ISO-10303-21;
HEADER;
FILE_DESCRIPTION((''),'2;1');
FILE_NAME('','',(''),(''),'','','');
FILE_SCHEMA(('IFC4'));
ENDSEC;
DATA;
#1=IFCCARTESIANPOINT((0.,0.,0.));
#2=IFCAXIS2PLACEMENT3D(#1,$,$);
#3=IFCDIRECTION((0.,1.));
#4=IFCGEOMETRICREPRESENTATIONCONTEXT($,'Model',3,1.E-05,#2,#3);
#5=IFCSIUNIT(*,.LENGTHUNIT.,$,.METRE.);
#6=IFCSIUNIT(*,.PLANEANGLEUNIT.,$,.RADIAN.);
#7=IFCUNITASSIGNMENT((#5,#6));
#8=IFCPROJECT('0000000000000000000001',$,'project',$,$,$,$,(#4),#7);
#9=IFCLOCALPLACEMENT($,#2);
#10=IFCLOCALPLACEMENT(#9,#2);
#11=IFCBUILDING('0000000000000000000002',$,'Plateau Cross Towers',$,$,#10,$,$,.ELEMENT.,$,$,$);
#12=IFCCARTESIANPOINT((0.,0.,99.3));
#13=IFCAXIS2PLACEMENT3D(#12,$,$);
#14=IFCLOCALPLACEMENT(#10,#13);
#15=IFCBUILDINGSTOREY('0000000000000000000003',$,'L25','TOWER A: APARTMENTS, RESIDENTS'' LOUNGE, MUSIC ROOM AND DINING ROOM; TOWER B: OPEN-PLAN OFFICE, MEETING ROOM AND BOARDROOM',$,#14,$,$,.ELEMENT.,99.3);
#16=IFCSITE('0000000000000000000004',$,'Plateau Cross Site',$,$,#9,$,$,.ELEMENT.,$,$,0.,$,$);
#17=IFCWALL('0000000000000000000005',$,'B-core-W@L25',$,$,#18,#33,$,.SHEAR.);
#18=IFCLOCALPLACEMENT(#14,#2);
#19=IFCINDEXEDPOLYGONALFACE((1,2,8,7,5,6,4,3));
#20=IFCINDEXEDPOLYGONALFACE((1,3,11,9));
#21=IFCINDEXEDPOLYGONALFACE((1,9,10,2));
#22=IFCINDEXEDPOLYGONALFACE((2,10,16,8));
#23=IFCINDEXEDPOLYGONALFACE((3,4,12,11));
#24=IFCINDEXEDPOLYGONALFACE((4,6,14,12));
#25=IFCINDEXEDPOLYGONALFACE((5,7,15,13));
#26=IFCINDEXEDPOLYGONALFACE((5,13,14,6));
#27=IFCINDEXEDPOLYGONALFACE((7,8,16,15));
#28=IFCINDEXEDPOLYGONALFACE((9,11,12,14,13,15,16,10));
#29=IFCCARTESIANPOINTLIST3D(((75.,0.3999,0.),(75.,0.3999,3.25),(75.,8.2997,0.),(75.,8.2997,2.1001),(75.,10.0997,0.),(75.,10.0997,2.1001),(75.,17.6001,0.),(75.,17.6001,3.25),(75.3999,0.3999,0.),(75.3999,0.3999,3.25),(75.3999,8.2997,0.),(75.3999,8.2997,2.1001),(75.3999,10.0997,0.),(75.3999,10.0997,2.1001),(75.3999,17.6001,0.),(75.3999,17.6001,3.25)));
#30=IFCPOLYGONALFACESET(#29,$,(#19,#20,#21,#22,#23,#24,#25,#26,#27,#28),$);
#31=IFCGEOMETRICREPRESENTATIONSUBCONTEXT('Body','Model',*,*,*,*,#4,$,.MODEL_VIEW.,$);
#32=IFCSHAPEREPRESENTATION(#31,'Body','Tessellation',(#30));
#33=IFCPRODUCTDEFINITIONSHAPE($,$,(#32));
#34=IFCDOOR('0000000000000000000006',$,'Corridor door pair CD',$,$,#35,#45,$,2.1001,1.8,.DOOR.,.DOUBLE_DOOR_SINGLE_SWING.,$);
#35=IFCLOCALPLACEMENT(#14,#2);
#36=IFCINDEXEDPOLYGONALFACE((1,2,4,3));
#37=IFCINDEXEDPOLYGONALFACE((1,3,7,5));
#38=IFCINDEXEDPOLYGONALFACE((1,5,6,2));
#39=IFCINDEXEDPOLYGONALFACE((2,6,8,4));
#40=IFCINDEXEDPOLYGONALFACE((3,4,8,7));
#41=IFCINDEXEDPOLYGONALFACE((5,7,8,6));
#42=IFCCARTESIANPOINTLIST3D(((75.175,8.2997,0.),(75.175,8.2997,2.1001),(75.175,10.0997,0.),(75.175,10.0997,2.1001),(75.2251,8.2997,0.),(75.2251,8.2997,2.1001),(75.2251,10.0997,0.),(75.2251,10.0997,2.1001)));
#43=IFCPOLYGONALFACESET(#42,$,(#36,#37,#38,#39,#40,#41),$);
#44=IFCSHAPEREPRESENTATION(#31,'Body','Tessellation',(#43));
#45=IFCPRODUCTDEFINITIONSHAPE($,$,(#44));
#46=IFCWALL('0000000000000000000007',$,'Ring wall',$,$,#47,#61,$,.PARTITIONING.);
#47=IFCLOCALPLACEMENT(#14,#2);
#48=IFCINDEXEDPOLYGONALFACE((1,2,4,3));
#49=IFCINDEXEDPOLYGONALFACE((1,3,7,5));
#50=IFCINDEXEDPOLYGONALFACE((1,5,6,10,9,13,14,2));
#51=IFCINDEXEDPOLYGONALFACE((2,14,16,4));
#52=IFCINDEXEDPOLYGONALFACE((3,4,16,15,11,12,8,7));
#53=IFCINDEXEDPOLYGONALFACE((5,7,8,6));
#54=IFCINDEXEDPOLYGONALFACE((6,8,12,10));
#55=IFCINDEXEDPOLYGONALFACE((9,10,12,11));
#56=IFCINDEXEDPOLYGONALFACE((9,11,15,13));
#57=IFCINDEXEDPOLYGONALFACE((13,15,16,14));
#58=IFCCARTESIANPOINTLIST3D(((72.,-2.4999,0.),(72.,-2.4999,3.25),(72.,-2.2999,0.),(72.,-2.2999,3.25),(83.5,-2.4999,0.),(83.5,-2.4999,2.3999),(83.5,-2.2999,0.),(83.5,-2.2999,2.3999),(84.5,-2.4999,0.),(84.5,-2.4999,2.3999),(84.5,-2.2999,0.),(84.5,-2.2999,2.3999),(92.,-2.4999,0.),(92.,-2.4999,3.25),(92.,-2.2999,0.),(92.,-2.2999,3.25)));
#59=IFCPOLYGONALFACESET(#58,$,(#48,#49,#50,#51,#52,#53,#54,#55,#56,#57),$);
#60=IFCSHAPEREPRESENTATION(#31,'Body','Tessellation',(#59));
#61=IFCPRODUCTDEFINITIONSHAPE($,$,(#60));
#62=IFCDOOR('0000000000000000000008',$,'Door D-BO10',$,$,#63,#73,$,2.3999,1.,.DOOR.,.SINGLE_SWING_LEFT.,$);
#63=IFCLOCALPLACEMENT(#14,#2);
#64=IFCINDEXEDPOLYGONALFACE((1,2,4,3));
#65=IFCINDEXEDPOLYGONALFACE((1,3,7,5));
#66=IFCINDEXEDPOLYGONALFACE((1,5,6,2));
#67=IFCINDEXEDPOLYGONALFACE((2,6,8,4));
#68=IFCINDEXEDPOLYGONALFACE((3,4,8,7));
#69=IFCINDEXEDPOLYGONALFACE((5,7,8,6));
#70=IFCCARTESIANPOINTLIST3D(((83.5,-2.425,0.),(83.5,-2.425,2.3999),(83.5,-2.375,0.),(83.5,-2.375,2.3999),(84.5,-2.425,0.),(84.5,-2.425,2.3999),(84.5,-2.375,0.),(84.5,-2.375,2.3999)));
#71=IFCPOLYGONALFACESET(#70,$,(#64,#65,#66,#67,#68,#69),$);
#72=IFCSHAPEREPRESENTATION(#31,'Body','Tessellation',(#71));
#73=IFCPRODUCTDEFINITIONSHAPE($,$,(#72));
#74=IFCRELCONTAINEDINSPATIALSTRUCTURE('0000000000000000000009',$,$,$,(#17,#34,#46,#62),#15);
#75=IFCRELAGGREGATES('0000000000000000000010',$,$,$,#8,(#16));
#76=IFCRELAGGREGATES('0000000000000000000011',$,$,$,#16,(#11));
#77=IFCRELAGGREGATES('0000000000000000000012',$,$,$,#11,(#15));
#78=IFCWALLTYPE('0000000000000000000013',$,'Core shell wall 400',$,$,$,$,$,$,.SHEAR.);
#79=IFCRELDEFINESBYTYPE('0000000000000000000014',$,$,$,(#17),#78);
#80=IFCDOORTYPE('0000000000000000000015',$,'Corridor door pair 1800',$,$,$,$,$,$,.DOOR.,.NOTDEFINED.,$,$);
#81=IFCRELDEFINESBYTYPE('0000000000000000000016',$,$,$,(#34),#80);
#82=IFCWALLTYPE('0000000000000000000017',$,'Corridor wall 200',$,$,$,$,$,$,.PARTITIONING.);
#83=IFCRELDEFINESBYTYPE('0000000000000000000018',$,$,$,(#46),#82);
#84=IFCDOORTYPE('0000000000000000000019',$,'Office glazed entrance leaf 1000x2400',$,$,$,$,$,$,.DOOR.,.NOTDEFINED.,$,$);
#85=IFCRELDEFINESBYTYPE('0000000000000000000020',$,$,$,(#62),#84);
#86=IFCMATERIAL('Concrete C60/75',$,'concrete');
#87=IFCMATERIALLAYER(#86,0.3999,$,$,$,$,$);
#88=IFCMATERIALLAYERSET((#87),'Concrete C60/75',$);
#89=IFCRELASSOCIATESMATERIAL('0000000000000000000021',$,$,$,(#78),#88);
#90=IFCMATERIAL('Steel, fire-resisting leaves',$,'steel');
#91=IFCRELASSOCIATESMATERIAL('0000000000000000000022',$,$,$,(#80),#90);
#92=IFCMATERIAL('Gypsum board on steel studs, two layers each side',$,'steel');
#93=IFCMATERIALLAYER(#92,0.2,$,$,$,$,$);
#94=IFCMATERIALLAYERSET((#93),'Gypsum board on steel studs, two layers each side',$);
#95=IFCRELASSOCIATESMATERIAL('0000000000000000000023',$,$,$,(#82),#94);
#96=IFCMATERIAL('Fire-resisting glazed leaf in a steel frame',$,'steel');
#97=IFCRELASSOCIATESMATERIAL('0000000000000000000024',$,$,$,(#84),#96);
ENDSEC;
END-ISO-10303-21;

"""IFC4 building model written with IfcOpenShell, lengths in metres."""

from ifc_helpers import new_model, si_unit, direction, frame, frame_2d, origin, place, context, subcontext, project, spatial, rectangle, extrude, material, layer, layer_set, type_object, element, fill, save


model = new_model("IFC4")

# Units and contexts
model_context = context("Model", 3, precision=1e-05, world=origin(), true_north=direction((0.0, 1.0)))
body_context = subcontext(model_context, "Body", "Model", "MODEL_VIEW")
ifc_project = project(units=[si_unit("LENGTHUNIT", "METRE"), si_unit("PLANEANGLEUNIT", "RADIAN")], contexts=[model_context])

# Site, building, storey
site_placement = place(None, origin())
site = spatial("IfcSite", under=ifc_project, at=site_placement, Name="Plateau Cross Site", CompositionType="ELEMENT", RefElevation=0.0)
building_placement = place(site_placement, origin())
building = spatial("IfcBuilding", under=site, at=building_placement, Name="Plateau Cross Towers", CompositionType="ELEMENT")
storey_placement = place(building_placement, frame((0.0, 0.0, 99.3)))
storey = spatial("IfcBuildingStorey", under=building, at=storey_placement, Name="L25", Description="TOWER A: APARTMENTS, RESIDENTS' LOUNGE, MUSIC ROOM AND DINING ROOM; TOWER B: OPEN-PLAN OFFICE, MEETING ROOM AND BOARDROOM", CompositionType="ELEMENT", Elevation=99.3)

# Shared definitions
ifc_material_1 = material(Name="Concrete C60/75", Category="concrete")

# Shared definitions
ifc_layer_1 = layer(ifc_material_1, 0.3999)
ifc_layer_set_1 = layer_set([ifc_layer_1], Name="Concrete C60/75")
wall_type_1 = type_object("IfcWallType", Name="Core shell wall 400", PredefinedType="SHEAR", material=ifc_layer_set_1)

# Walls, openings, doors
wall_1_placement = place(storey_placement, frame((75.2, 0.3999, 0.0), z_axis=(0.0, 0.0, 1.0), x_axis=(0.0, 1.0, 0.0)))
wall_1 = element("IfcWall", 1, at=wall_1_placement, inside=storey, type_object=wall_type_1, Name="B-core-W@L25", PredefinedType="SHEAR", context=body_context, shape_type="SweptSolid", body=[
    extrude(rectangle(XDim=17.2002, YDim=0.3999, at=frame_2d((8.6001, 0.0))), origin(), (0.0, 0.0, 1.0), 3.25),
])
opening_1_placement = place(wall_1_placement, frame((7.8999, 0.0, 0.0)))
opening_1 = element("IfcOpeningElement", 2, at=opening_1_placement, cuts=wall_1, PredefinedType="OPENING", context=body_context, shape_type="SweptSolid", body=[
    extrude(rectangle(XDim=1.8, YDim=2.1001, at=frame_2d((0.8999, 1.05))), frame((0.0, 0.21, 0.0), z_axis=(0.0, -1.0, 0.0), x_axis=(1.0, 0.0, 0.0)), (0.0, 0.0, 1.0), 0.4199),
])
ifc_material_2 = material(Name="Steel, fire-resisting leaves", Category="steel")
door_type_1 = type_object("IfcDoorType", Name="Corridor door pair 1800", OperationType="NOTDEFINED", PredefinedType="DOOR", material=ifc_material_2)
door_1_placement = place(opening_1_placement, origin())
door_1 = element("IfcDoor", 3, at=door_1_placement, inside=storey, type_object=door_type_1, Name="Corridor door pair CD", OperationType="DOUBLE_DOOR_SINGLE_SWING", OverallHeight=2.1001, OverallWidth=1.8, PredefinedType="DOOR", context=body_context, shape_type="SweptSolid", body=[
    extrude(rectangle(XDim=1.8, YDim=2.1001, at=frame_2d((0.8999, 1.05))), frame((0.0, 0.0249, 0.0), z_axis=(0.0, -1.0, 0.0), x_axis=(1.0, 0.0, 0.0)), (0.0, 0.0, 1.0), 0.05),
])
fill(opening_1, door_1)
ifc_material_3 = material(Name="Gypsum board on steel studs, two layers each side", Category="steel")
ifc_layer_2 = layer(ifc_material_3, 0.2)
ifc_layer_set_2 = layer_set([ifc_layer_2], Name="Gypsum board on steel studs, two layers each side")
wall_type_2 = type_object("IfcWallType", Name="Corridor wall 200", PredefinedType="PARTITIONING", material=ifc_layer_set_2)
wall_2_placement = place(storey_placement, frame((72.0, -2.3999, 0.0), z_axis=(0.0, 0.0, 1.0), x_axis=(1.0, 0.0, 0.0)))
wall_2 = element("IfcWall", 4, at=wall_2_placement, inside=storey, type_object=wall_type_2, Name="Ring wall", PredefinedType="PARTITIONING", context=body_context, shape_type="SweptSolid", body=[
    extrude(rectangle(XDim=20.0, YDim=0.2, at=frame_2d((10.0, 0.0))), origin(), (0.0, 0.0, 1.0), 3.25),
])
opening_2_placement = place(wall_2_placement, frame((11.5, 0.0, 0.0)))
opening_2 = element("IfcOpeningElement", 5, at=opening_2_placement, cuts=wall_2, PredefinedType="OPENING", context=body_context, shape_type="SweptSolid", body=[
    extrude(rectangle(XDim=1.0, YDim=2.3999, at=frame_2d((0.5, 1.2))), frame((0.0, 0.1099, 0.0), z_axis=(0.0, -1.0, 0.0), x_axis=(1.0, 0.0, 0.0)), (0.0, 0.0, 1.0), 0.22),
])
ifc_material_4 = material(Name="Fire-resisting glazed leaf in a steel frame", Category="steel")
door_type_2 = type_object("IfcDoorType", Name="Office glazed entrance leaf 1000x2400", OperationType="NOTDEFINED", PredefinedType="DOOR", material=ifc_material_4)
door_2_placement = place(opening_2_placement, origin())
door_2 = element("IfcDoor", 6, at=door_2_placement, inside=storey, type_object=door_type_2, Name="Door D-BO10", OperationType="SINGLE_SWING_LEFT", OverallHeight=2.3999, OverallWidth=1.0, PredefinedType="DOOR", context=body_context, shape_type="SweptSolid", body=[
    extrude(rectangle(XDim=1.0, YDim=2.3999, at=frame_2d((0.5, 1.2))), frame((0.0, 0.0249, 0.0), z_axis=(0.0, -1.0, 0.0), x_axis=(1.0, 0.0, 0.0)), (0.0, 0.0, 1.0), 0.05),
])
fill(opening_2, door_2)

save(model, "model.ifc")
